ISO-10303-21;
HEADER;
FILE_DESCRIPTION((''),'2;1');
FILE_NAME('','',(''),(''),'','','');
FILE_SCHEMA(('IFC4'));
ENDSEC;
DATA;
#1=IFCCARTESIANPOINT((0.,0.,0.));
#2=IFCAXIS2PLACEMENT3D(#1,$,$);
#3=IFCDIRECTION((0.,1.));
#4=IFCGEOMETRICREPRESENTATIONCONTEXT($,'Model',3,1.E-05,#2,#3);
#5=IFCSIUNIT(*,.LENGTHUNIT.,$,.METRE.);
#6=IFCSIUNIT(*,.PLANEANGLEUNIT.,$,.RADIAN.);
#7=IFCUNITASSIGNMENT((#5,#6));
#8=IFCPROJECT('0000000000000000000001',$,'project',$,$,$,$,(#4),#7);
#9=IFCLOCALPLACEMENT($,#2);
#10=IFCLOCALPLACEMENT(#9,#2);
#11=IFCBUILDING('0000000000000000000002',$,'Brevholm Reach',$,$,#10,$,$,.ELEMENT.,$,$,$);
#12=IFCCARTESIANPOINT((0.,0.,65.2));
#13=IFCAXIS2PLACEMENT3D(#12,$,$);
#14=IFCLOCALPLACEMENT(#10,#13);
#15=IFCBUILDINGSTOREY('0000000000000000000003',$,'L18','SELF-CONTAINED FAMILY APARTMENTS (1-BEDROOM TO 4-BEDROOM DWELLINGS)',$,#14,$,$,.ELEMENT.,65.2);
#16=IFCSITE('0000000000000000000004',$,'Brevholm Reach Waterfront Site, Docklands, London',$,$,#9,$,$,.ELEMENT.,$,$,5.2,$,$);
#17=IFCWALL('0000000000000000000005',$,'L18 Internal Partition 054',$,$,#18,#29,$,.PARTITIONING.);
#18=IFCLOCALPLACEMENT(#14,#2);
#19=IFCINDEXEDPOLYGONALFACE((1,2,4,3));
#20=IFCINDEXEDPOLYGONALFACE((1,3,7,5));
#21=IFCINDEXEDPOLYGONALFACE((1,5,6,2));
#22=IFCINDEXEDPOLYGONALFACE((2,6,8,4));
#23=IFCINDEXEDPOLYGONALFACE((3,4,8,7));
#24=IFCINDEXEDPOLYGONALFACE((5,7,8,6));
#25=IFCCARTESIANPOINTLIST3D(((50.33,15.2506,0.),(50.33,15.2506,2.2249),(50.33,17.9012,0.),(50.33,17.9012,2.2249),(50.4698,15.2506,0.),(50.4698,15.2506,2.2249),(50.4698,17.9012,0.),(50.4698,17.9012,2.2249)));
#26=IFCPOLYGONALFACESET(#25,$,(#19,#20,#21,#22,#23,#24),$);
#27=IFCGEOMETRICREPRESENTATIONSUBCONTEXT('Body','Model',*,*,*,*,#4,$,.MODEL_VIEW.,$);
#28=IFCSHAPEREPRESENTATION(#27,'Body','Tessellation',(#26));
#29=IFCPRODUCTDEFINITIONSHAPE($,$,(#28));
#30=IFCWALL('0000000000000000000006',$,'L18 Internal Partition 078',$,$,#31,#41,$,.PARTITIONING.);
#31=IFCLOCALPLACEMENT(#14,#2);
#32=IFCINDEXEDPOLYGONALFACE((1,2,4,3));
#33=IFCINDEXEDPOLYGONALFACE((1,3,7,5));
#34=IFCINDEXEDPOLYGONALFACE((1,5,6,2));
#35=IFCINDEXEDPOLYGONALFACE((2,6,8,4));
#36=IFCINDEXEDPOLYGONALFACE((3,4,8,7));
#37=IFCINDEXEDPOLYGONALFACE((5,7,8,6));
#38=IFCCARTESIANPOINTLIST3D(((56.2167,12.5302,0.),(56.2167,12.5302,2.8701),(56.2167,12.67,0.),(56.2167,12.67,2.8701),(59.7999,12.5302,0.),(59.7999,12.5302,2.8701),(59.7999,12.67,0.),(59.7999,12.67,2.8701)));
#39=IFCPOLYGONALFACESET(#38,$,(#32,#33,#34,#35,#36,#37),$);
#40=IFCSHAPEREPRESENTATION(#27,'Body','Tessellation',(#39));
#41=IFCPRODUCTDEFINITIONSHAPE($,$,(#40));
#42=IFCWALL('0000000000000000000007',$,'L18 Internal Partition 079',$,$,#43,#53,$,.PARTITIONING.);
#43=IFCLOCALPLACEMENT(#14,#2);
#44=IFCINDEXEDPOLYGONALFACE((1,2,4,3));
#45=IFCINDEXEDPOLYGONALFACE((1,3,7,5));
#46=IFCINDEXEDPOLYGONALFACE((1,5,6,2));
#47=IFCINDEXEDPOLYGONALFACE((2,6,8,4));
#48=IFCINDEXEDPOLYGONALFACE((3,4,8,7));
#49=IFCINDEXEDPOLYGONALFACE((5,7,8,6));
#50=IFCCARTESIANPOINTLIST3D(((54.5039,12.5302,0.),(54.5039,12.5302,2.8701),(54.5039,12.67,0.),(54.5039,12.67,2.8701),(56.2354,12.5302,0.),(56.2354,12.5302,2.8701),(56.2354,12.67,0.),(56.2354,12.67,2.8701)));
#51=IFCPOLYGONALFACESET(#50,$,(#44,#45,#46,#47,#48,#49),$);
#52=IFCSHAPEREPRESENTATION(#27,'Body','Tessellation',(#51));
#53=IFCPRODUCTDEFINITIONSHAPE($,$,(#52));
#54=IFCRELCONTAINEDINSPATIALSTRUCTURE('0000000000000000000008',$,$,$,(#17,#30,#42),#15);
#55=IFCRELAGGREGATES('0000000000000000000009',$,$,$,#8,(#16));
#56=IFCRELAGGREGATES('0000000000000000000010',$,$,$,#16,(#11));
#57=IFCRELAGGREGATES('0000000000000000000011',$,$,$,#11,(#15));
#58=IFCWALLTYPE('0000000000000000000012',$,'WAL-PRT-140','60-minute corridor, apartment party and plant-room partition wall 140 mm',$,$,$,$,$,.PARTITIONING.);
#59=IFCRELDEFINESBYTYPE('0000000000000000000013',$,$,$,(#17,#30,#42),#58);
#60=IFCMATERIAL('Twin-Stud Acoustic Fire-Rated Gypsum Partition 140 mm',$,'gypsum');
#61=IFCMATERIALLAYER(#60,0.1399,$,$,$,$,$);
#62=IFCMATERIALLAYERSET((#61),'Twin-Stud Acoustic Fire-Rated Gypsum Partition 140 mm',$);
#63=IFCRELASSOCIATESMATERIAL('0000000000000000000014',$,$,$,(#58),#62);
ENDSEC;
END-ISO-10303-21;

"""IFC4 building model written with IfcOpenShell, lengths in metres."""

from ifc_helpers import new_model, si_unit, direction, frame, frame_2d, origin, place, context, subcontext, project, spatial, rectangle, extrude, material, layer, layer_set, type_object, element, save


model = new_model("IFC4")

# Units and contexts
model_context = context("Model", 3, precision=1e-05, world=origin(), true_north=direction((0.0, 1.0)))
body_context = subcontext(model_context, "Body", "Model", "MODEL_VIEW")
ifc_project = project(units=[si_unit("LENGTHUNIT", "METRE"), si_unit("PLANEANGLEUNIT", "RADIAN")], contexts=[model_context])

# Site, building, storey
site_placement = place(None, origin())
site = spatial("IfcSite", under=ifc_project, at=site_placement, Name="Brevholm Reach Waterfront Site, Docklands, London", CompositionType="ELEMENT", RefElevation=5.2)
building_placement = place(site_placement, origin())
building = spatial("IfcBuilding", under=site, at=building_placement, Name="Brevholm Reach", CompositionType="ELEMENT")
storey_placement = place(building_placement, frame((0.0, 0.0, 65.2)))
storey = spatial("IfcBuildingStorey", under=building, at=storey_placement, Name="L18", Description="SELF-CONTAINED FAMILY APARTMENTS (1-BEDROOM TO 4-BEDROOM DWELLINGS)", CompositionType="ELEMENT", Elevation=65.2)

# Shared definitions
ifc_material_1 = material(Name="Twin-Stud Acoustic Fire-Rated Gypsum Partition 140 mm", Category="gypsum")
ifc_layer_1 = layer(ifc_material_1, 0.1399)
ifc_layer_set_1 = layer_set([ifc_layer_1], Name="Twin-Stud Acoustic Fire-Rated Gypsum Partition 140 mm")
wall_type_1 = type_object("IfcWallType", Name="WAL-PRT-140", Description="60-minute corridor, apartment party and plant-room partition wall 140 mm", PredefinedType="PARTITIONING", material=ifc_layer_set_1)

# Walls
wall_1_placement = place(storey_placement, frame((50.3999, 15.2507, 0.0), z_axis=(0.0, 0.0, 1.0), x_axis=(0.0, 1.0, 0.0)))
element("IfcWall", 1, at=wall_1_placement, inside=storey, type_object=wall_type_1, Name="L18 Internal Partition 054", PredefinedType="PARTITIONING", context=body_context, shape_type="SweptSolid", body=[
    extrude(rectangle(XDim=2.6506, YDim=0.1399, at=frame_2d((1.3252, 0.0))), origin(), (0.0, 0.0, 1.0), 2.2249),
])
wall_2_placement = place(storey_placement, frame((56.2168, 12.6001, 0.0), z_axis=(0.0, 0.0, 1.0), x_axis=(1.0, 0.0, 0.0)))
element("IfcWall", 2, at=wall_2_placement, inside=storey, type_object=wall_type_1, Name="L18 Internal Partition 078", PredefinedType="PARTITIONING", context=body_context, shape_type="SweptSolid", body=[
    extrude(rectangle(XDim=3.5833, YDim=0.1399, at=frame_2d((1.7915, 0.0))), origin(), (0.0, 0.0, 1.0), 2.8701),
])
wall_3_placement = place(storey_placement, frame((54.5039, 12.6001, 0.0), z_axis=(0.0, 0.0, 1.0), x_axis=(1.0, 0.0, 0.0)))
element("IfcWall", 3, at=wall_3_placement, inside=storey, type_object=wall_type_1, Name="L18 Internal Partition 079", PredefinedType="PARTITIONING", context=body_context, shape_type="SweptSolid", body=[
    extrude(rectangle(XDim=1.7314, YDim=0.1399, at=frame_2d((0.8657, 0.0))), origin(), (0.0, 0.0, 1.0), 2.8701),
])

save(model, "model.ifc")
